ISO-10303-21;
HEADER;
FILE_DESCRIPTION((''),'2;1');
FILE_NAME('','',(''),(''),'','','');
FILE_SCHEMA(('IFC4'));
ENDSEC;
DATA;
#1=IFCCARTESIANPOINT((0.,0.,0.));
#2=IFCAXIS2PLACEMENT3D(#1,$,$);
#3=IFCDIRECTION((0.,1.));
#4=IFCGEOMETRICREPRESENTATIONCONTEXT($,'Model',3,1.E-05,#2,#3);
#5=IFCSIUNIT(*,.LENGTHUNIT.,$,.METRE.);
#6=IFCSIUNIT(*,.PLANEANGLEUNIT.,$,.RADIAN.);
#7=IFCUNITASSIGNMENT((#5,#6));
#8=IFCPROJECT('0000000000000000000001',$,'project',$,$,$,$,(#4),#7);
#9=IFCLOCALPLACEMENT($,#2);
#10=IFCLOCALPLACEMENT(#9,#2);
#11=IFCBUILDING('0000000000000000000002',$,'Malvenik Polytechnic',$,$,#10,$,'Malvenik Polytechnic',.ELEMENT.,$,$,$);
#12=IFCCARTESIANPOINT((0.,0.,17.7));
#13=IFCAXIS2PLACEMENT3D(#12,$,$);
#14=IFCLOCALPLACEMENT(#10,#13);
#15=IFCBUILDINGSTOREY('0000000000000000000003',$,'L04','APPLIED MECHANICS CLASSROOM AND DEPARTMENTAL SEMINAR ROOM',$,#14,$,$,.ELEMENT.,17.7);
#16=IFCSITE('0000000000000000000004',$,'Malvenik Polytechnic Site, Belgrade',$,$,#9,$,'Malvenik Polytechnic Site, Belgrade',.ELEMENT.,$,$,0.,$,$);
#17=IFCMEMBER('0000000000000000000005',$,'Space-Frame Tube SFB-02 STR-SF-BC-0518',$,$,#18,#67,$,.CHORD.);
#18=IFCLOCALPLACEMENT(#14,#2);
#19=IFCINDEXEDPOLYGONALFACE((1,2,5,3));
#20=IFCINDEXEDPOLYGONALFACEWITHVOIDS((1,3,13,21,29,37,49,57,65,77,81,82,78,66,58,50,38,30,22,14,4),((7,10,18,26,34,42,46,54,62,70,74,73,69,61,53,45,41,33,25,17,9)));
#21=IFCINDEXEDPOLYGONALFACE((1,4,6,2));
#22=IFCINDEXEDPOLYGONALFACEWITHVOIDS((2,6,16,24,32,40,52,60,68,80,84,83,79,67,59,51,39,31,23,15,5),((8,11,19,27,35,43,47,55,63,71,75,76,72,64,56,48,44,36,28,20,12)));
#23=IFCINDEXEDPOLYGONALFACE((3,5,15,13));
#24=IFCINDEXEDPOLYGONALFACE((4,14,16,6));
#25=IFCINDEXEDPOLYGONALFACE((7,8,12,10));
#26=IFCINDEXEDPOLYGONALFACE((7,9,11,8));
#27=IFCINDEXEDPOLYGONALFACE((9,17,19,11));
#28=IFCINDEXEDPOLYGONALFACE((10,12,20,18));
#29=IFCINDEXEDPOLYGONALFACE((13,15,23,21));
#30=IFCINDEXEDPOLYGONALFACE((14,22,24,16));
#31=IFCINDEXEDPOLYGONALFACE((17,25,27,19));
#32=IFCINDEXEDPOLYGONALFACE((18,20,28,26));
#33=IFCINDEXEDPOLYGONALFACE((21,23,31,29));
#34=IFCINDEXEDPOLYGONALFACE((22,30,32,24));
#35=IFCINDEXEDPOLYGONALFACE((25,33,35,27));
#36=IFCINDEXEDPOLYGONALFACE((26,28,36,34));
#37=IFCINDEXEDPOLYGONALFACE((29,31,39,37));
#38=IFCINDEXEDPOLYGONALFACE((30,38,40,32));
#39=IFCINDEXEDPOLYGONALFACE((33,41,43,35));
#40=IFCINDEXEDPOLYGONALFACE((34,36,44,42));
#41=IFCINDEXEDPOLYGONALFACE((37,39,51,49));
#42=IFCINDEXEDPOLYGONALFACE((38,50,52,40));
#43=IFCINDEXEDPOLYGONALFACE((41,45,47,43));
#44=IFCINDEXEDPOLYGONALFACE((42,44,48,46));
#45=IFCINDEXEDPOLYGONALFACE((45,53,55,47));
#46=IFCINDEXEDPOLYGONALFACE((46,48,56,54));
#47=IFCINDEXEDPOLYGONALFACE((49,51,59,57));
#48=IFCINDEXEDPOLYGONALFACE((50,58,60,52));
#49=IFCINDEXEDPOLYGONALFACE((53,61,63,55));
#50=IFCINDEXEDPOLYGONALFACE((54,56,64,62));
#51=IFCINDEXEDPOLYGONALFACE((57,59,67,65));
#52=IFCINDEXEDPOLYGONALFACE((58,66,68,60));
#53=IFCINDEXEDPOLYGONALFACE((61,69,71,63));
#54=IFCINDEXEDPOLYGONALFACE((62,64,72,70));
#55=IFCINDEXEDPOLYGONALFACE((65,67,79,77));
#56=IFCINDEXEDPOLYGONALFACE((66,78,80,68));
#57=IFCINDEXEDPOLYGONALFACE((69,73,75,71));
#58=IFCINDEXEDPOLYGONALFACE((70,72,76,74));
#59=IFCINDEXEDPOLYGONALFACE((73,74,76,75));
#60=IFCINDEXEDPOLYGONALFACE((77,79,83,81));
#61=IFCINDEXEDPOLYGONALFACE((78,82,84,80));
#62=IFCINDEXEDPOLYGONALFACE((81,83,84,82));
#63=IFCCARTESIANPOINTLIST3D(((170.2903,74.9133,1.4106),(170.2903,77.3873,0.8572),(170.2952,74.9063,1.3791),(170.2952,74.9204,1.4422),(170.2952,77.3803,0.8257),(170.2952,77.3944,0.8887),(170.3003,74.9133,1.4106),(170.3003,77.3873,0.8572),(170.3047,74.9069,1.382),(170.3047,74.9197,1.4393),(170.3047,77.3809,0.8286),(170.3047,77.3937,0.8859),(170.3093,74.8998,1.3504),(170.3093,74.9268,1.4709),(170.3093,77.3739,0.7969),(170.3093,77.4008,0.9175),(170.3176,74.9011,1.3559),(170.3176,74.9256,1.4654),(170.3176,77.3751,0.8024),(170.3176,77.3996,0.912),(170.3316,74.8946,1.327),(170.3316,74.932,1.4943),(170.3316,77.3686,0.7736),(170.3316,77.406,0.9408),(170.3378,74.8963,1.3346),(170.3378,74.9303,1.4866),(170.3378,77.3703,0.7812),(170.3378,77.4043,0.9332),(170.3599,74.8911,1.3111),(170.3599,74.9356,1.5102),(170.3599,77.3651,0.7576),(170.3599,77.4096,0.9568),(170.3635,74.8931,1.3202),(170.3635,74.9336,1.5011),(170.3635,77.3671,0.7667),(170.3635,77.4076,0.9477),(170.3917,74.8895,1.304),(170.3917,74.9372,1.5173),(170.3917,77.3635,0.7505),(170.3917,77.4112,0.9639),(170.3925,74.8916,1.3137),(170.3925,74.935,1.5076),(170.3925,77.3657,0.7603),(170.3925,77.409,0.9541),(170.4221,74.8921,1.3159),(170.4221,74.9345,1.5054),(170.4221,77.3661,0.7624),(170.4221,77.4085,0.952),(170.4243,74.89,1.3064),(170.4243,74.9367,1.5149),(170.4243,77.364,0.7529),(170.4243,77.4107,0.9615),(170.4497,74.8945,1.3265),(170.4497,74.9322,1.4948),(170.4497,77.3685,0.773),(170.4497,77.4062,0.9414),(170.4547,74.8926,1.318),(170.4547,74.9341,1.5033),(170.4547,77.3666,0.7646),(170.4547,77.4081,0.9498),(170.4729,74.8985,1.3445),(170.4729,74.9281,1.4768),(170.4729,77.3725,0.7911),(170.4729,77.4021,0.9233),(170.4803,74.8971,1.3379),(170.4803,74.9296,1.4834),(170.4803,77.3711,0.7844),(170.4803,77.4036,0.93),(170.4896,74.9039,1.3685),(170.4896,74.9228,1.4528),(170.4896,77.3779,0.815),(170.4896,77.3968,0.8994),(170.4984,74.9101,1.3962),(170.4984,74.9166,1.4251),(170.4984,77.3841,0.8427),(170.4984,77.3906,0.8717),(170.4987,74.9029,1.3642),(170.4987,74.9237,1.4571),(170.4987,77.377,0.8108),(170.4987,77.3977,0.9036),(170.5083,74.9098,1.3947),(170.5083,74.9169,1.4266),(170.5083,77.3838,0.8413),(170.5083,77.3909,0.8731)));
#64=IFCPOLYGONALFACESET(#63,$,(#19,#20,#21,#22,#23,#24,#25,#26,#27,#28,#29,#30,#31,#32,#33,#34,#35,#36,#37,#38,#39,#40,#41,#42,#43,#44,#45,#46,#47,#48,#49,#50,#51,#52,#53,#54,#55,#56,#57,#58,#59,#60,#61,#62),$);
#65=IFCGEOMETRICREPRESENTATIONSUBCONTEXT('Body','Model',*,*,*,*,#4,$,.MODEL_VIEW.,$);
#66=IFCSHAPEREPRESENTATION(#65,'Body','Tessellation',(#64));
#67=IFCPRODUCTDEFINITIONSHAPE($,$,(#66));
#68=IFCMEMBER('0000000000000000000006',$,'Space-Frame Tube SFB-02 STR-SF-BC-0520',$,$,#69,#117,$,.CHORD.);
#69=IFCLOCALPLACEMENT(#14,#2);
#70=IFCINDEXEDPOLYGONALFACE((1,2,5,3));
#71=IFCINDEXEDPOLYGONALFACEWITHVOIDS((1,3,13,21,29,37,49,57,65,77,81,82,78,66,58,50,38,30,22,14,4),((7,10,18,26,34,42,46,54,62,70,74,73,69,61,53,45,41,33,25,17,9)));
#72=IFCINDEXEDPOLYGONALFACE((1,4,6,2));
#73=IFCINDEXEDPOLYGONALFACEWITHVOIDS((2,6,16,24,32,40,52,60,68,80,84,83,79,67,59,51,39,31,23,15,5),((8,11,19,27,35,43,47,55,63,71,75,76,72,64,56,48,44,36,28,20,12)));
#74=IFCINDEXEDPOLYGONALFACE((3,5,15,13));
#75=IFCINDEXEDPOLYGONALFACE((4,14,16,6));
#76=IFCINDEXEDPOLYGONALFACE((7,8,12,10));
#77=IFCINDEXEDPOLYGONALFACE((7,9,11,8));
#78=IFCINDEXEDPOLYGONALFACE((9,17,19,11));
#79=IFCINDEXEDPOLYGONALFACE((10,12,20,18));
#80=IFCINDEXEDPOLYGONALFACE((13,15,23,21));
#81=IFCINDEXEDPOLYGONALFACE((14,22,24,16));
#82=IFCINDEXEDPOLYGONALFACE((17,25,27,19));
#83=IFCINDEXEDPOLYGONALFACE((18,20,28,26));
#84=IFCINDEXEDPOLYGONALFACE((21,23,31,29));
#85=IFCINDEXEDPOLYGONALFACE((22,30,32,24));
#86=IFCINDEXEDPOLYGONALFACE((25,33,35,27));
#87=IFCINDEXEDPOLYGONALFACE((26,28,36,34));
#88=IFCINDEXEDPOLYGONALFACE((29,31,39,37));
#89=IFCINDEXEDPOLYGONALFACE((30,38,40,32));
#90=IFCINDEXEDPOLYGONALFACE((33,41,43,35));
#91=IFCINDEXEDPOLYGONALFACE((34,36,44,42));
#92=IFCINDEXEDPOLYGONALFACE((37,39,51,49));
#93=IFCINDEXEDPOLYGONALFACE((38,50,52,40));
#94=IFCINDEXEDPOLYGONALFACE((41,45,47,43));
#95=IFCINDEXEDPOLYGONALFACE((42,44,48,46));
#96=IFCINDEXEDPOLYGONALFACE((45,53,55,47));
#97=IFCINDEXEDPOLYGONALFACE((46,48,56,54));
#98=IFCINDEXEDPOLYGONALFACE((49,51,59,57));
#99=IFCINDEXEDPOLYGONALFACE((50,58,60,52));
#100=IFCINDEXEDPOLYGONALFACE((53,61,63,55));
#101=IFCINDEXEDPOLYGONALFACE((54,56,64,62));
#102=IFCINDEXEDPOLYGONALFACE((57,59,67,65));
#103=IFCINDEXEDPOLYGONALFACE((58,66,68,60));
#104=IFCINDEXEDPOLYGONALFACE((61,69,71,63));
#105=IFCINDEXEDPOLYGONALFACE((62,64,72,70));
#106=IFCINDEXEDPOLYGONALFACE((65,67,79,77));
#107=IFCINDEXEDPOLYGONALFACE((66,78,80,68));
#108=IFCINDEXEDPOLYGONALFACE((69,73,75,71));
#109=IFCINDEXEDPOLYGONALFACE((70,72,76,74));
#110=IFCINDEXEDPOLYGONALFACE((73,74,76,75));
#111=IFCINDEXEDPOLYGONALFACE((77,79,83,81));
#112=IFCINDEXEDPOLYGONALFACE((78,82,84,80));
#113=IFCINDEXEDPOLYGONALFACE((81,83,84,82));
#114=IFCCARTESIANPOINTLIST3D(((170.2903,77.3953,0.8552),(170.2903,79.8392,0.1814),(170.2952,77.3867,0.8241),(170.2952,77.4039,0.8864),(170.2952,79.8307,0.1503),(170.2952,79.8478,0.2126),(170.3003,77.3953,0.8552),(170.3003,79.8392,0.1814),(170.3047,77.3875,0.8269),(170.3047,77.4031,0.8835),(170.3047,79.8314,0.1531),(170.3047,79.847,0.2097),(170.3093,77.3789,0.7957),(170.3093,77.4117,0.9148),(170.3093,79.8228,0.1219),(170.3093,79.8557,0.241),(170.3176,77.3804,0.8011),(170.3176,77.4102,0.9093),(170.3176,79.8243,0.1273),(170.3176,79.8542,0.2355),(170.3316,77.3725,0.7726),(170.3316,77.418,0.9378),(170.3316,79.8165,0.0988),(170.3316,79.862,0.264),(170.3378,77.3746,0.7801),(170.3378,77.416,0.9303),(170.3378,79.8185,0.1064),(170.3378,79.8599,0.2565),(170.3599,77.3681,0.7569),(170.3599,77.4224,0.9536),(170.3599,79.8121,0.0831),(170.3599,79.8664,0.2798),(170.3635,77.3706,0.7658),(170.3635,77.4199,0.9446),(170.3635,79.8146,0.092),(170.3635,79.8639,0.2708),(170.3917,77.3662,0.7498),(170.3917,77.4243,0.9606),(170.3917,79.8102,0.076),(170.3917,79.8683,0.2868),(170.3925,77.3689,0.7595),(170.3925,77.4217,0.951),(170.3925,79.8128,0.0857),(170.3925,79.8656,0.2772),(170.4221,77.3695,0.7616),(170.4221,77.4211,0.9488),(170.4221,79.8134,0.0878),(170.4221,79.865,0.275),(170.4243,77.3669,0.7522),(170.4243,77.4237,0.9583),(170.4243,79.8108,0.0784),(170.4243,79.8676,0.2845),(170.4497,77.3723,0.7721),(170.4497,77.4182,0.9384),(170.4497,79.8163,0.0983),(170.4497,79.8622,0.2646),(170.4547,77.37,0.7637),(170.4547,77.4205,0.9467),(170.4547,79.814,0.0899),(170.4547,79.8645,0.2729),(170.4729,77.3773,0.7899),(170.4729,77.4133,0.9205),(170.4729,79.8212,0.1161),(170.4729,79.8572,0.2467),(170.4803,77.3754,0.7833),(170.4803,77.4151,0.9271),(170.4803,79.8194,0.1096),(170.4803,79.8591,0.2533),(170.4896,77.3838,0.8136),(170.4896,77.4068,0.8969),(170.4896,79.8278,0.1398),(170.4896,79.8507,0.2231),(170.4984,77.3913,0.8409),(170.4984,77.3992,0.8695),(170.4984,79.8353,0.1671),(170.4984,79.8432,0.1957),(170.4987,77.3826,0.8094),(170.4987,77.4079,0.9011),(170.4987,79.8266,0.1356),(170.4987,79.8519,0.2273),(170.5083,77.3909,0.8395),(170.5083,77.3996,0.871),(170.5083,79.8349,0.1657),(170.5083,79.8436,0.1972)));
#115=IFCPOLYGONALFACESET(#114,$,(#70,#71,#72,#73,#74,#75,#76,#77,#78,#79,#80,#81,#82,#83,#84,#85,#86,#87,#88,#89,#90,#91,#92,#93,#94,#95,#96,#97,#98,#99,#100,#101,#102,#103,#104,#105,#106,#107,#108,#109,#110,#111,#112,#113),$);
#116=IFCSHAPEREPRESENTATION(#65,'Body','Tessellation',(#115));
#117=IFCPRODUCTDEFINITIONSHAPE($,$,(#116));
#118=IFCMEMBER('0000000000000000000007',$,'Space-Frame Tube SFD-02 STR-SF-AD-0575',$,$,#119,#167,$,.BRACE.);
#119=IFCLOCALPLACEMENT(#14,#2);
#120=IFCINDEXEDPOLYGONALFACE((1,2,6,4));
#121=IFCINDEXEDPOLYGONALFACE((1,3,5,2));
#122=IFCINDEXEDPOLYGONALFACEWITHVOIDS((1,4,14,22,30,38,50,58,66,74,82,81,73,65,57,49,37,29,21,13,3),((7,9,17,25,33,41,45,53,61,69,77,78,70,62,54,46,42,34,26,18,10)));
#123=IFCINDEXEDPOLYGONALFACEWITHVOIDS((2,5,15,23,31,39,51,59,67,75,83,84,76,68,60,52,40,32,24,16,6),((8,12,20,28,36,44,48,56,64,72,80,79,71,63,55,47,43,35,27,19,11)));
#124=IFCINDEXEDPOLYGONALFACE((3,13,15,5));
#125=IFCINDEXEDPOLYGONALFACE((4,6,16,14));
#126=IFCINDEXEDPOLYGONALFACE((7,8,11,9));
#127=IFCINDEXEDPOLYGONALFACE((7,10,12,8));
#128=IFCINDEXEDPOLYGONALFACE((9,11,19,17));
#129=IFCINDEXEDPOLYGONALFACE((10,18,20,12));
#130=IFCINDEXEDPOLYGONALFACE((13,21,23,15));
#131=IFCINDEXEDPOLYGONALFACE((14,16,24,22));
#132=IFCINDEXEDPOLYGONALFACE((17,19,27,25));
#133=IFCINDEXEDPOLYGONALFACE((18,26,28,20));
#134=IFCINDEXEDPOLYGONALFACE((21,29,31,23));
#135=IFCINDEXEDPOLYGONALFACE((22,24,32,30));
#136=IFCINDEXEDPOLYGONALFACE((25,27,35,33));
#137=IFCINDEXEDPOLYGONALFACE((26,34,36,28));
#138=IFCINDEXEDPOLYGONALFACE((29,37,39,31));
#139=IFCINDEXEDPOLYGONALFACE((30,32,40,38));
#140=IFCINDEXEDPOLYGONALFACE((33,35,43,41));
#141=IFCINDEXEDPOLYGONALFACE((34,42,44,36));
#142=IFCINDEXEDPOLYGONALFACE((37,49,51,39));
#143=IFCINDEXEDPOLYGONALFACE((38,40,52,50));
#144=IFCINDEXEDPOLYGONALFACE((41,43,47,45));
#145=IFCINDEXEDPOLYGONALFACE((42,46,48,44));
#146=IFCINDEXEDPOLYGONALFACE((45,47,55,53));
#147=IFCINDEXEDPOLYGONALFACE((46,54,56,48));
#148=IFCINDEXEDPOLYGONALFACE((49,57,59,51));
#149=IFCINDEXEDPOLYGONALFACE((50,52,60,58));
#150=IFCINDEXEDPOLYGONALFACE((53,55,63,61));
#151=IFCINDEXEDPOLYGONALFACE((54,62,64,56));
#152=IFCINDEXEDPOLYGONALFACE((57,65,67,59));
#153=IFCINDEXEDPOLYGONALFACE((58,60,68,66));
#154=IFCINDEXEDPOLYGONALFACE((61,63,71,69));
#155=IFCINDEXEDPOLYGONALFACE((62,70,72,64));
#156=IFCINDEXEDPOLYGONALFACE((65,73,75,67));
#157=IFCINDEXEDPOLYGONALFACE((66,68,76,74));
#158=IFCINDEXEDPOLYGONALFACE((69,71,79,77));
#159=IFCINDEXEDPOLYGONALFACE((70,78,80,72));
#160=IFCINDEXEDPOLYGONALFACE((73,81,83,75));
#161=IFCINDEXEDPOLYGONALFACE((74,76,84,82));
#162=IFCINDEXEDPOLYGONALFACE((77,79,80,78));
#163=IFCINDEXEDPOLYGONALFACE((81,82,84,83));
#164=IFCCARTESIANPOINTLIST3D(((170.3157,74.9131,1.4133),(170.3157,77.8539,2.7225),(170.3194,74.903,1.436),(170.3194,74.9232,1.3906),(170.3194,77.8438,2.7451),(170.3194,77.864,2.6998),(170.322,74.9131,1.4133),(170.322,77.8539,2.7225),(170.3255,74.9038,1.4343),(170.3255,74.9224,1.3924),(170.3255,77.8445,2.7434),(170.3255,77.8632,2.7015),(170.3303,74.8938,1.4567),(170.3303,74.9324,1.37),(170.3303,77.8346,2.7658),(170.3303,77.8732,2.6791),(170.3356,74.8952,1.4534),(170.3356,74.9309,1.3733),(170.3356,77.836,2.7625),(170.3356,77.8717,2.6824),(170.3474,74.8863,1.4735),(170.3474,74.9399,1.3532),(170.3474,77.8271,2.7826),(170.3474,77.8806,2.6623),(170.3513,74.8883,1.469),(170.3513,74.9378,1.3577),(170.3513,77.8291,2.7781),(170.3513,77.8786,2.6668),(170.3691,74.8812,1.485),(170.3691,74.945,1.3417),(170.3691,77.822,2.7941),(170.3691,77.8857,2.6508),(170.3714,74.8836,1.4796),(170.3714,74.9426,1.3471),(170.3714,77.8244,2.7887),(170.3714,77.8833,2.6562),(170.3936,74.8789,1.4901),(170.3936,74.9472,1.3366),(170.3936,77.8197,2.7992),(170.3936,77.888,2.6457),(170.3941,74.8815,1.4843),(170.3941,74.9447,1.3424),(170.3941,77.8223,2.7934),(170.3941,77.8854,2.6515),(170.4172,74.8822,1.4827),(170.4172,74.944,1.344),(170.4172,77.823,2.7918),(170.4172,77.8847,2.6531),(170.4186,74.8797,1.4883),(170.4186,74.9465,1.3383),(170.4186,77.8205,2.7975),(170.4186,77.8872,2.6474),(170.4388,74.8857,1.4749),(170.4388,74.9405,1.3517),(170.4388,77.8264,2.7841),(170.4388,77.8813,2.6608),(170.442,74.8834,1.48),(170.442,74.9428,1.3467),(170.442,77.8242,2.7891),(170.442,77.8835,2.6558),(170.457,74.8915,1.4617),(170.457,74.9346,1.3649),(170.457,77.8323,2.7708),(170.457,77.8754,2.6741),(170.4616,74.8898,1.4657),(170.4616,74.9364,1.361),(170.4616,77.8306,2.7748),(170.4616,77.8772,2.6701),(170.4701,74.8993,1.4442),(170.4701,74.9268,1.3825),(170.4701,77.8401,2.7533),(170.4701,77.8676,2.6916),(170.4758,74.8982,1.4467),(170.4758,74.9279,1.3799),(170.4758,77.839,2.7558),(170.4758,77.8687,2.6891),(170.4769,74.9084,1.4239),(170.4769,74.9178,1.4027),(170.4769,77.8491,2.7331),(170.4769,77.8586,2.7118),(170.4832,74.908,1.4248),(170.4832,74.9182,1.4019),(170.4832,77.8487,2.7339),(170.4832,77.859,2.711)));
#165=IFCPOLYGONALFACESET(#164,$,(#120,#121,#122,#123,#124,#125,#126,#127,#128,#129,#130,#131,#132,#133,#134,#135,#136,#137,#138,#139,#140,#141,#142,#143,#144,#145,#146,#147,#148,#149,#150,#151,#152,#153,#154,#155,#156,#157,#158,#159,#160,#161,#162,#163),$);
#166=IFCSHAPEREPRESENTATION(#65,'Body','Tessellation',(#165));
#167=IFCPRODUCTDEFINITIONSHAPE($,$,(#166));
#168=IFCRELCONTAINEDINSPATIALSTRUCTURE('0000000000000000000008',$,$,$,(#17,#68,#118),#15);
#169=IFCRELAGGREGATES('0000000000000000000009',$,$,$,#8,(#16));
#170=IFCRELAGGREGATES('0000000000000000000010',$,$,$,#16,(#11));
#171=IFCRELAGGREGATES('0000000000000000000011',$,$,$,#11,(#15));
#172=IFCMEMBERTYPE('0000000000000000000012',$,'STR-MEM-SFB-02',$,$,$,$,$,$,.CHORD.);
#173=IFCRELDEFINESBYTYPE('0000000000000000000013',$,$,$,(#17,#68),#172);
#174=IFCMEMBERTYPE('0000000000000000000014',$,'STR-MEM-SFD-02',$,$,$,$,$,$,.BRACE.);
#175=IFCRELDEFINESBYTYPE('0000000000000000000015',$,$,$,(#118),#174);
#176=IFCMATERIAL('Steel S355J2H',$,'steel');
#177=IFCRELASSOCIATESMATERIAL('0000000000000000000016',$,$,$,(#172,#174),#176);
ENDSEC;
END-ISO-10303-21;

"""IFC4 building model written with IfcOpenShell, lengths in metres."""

from ifc_helpers import new_model, si_unit, direction, frame, origin, origin_2d, place, context, subcontext, project, spatial, hollow_circle, extrude, material, material_profile, profile_set, type_object, element, save


model = new_model("IFC4")

# Units and contexts
model_context = context("Model", 3, precision=1e-05, world=origin(), true_north=direction((0.0, 1.0)))
body_context = subcontext(model_context, "Body", "Model", "MODEL_VIEW")
ifc_project = project(units=[si_unit("LENGTHUNIT", "METRE"), si_unit("PLANEANGLEUNIT", "RADIAN")], contexts=[model_context])

# Site, building, storey
site_placement = place(None, origin())
site = spatial("IfcSite", under=ifc_project, at=site_placement, Name="Malvenik Polytechnic Site, Belgrade", LongName="Malvenik Polytechnic Site, Belgrade", CompositionType="ELEMENT", RefElevation=0.0)
building_placement = place(site_placement, origin())
building = spatial("IfcBuilding", under=site, at=building_placement, Name="Malvenik Polytechnic", LongName="Malvenik Polytechnic", CompositionType="ELEMENT")
storey_placement = place(building_placement, frame((0.0, 0.0, 17.7)))
storey = spatial("IfcBuildingStorey", under=building, at=storey_placement, Name="L04", Description="APPLIED MECHANICS CLASSROOM AND DEPARTMENTAL SEMINAR ROOM", CompositionType="ELEMENT", Elevation=17.7)

# Members
ifc_material = material(Name="Steel S355J2H", Category="steel")
ifc_material_profile_1 = material_profile(ifc_material, hollow_circle(Radius=0.1096, WallThickness=0.01, at=origin_2d()), Name="CHS 219.1x10.0")
ifc_profile_set_1 = profile_set([ifc_material_profile_1], Name="Steel S355J2H")
member_type_1 = type_object("IfcMemberType", Name="STR-MEM-SFB-02", PredefinedType="CHORD", material=ifc_profile_set_1)
for number, where, z_axis, x_axis, name in (
    (1, (170.3999, 74.9133, 1.4106), (0.0, 0.97588, -0.218307), (-1.0, 0.0, 0.0), "Space-Frame Tube SFB-02 STR-SF-BC-0518"),
    (2, (170.3999, 77.3953, 0.8552), (0.0, 0.964033, -0.265781), (-1.0, 0.0, 0.0), "Space-Frame Tube SFB-02 STR-SF-BC-0520"),
):
    element("IfcMember", number, at=place(storey_placement, frame(where, z_axis=z_axis, x_axis=x_axis)), inside=storey, type_object=member_type_1, Name=name, PredefinedType="CHORD", context=body_context, shape_type="SweptSolid", body=[
        extrude(hollow_circle(Radius=0.1096, WallThickness=0.01, at=origin_2d()), origin(), (0.0, 0.0, 1.0), 2.5352),
    ])
ifc_material_profile_2 = material_profile(ifc_material, hollow_circle(Radius=0.0842, WallThickness=0.0063, at=origin_2d()), Name="CHS 168.3x6.3")
ifc_profile_set_2 = profile_set([ifc_material_profile_2], Name="Steel S355J2H")
member_type_2 = type_object("IfcMemberType", Name="STR-MEM-SFD-02", PredefinedType="BRACE", material=ifc_profile_set_2)
for number, where, z_axis, x_axis, name in (
    (3, (170.3999, 74.9131, 1.4133), (0.0, 0.913567, 0.406687), (-1.0, 0.0, 0.0), "Space-Frame Tube SFD-02 STR-SF-AD-0575"),
):
    element("IfcMember", number, at=place(storey_placement, frame(where, z_axis=z_axis, x_axis=x_axis)), inside=storey, type_object=member_type_2, Name=name, PredefinedType="BRACE", context=body_context, shape_type="SweptSolid", body=[
        extrude(hollow_circle(Radius=0.0842, WallThickness=0.0063, at=origin_2d()), origin(), (0.0, 0.0, 1.0), 3.219),
    ])

save(model, "model.ifc")
